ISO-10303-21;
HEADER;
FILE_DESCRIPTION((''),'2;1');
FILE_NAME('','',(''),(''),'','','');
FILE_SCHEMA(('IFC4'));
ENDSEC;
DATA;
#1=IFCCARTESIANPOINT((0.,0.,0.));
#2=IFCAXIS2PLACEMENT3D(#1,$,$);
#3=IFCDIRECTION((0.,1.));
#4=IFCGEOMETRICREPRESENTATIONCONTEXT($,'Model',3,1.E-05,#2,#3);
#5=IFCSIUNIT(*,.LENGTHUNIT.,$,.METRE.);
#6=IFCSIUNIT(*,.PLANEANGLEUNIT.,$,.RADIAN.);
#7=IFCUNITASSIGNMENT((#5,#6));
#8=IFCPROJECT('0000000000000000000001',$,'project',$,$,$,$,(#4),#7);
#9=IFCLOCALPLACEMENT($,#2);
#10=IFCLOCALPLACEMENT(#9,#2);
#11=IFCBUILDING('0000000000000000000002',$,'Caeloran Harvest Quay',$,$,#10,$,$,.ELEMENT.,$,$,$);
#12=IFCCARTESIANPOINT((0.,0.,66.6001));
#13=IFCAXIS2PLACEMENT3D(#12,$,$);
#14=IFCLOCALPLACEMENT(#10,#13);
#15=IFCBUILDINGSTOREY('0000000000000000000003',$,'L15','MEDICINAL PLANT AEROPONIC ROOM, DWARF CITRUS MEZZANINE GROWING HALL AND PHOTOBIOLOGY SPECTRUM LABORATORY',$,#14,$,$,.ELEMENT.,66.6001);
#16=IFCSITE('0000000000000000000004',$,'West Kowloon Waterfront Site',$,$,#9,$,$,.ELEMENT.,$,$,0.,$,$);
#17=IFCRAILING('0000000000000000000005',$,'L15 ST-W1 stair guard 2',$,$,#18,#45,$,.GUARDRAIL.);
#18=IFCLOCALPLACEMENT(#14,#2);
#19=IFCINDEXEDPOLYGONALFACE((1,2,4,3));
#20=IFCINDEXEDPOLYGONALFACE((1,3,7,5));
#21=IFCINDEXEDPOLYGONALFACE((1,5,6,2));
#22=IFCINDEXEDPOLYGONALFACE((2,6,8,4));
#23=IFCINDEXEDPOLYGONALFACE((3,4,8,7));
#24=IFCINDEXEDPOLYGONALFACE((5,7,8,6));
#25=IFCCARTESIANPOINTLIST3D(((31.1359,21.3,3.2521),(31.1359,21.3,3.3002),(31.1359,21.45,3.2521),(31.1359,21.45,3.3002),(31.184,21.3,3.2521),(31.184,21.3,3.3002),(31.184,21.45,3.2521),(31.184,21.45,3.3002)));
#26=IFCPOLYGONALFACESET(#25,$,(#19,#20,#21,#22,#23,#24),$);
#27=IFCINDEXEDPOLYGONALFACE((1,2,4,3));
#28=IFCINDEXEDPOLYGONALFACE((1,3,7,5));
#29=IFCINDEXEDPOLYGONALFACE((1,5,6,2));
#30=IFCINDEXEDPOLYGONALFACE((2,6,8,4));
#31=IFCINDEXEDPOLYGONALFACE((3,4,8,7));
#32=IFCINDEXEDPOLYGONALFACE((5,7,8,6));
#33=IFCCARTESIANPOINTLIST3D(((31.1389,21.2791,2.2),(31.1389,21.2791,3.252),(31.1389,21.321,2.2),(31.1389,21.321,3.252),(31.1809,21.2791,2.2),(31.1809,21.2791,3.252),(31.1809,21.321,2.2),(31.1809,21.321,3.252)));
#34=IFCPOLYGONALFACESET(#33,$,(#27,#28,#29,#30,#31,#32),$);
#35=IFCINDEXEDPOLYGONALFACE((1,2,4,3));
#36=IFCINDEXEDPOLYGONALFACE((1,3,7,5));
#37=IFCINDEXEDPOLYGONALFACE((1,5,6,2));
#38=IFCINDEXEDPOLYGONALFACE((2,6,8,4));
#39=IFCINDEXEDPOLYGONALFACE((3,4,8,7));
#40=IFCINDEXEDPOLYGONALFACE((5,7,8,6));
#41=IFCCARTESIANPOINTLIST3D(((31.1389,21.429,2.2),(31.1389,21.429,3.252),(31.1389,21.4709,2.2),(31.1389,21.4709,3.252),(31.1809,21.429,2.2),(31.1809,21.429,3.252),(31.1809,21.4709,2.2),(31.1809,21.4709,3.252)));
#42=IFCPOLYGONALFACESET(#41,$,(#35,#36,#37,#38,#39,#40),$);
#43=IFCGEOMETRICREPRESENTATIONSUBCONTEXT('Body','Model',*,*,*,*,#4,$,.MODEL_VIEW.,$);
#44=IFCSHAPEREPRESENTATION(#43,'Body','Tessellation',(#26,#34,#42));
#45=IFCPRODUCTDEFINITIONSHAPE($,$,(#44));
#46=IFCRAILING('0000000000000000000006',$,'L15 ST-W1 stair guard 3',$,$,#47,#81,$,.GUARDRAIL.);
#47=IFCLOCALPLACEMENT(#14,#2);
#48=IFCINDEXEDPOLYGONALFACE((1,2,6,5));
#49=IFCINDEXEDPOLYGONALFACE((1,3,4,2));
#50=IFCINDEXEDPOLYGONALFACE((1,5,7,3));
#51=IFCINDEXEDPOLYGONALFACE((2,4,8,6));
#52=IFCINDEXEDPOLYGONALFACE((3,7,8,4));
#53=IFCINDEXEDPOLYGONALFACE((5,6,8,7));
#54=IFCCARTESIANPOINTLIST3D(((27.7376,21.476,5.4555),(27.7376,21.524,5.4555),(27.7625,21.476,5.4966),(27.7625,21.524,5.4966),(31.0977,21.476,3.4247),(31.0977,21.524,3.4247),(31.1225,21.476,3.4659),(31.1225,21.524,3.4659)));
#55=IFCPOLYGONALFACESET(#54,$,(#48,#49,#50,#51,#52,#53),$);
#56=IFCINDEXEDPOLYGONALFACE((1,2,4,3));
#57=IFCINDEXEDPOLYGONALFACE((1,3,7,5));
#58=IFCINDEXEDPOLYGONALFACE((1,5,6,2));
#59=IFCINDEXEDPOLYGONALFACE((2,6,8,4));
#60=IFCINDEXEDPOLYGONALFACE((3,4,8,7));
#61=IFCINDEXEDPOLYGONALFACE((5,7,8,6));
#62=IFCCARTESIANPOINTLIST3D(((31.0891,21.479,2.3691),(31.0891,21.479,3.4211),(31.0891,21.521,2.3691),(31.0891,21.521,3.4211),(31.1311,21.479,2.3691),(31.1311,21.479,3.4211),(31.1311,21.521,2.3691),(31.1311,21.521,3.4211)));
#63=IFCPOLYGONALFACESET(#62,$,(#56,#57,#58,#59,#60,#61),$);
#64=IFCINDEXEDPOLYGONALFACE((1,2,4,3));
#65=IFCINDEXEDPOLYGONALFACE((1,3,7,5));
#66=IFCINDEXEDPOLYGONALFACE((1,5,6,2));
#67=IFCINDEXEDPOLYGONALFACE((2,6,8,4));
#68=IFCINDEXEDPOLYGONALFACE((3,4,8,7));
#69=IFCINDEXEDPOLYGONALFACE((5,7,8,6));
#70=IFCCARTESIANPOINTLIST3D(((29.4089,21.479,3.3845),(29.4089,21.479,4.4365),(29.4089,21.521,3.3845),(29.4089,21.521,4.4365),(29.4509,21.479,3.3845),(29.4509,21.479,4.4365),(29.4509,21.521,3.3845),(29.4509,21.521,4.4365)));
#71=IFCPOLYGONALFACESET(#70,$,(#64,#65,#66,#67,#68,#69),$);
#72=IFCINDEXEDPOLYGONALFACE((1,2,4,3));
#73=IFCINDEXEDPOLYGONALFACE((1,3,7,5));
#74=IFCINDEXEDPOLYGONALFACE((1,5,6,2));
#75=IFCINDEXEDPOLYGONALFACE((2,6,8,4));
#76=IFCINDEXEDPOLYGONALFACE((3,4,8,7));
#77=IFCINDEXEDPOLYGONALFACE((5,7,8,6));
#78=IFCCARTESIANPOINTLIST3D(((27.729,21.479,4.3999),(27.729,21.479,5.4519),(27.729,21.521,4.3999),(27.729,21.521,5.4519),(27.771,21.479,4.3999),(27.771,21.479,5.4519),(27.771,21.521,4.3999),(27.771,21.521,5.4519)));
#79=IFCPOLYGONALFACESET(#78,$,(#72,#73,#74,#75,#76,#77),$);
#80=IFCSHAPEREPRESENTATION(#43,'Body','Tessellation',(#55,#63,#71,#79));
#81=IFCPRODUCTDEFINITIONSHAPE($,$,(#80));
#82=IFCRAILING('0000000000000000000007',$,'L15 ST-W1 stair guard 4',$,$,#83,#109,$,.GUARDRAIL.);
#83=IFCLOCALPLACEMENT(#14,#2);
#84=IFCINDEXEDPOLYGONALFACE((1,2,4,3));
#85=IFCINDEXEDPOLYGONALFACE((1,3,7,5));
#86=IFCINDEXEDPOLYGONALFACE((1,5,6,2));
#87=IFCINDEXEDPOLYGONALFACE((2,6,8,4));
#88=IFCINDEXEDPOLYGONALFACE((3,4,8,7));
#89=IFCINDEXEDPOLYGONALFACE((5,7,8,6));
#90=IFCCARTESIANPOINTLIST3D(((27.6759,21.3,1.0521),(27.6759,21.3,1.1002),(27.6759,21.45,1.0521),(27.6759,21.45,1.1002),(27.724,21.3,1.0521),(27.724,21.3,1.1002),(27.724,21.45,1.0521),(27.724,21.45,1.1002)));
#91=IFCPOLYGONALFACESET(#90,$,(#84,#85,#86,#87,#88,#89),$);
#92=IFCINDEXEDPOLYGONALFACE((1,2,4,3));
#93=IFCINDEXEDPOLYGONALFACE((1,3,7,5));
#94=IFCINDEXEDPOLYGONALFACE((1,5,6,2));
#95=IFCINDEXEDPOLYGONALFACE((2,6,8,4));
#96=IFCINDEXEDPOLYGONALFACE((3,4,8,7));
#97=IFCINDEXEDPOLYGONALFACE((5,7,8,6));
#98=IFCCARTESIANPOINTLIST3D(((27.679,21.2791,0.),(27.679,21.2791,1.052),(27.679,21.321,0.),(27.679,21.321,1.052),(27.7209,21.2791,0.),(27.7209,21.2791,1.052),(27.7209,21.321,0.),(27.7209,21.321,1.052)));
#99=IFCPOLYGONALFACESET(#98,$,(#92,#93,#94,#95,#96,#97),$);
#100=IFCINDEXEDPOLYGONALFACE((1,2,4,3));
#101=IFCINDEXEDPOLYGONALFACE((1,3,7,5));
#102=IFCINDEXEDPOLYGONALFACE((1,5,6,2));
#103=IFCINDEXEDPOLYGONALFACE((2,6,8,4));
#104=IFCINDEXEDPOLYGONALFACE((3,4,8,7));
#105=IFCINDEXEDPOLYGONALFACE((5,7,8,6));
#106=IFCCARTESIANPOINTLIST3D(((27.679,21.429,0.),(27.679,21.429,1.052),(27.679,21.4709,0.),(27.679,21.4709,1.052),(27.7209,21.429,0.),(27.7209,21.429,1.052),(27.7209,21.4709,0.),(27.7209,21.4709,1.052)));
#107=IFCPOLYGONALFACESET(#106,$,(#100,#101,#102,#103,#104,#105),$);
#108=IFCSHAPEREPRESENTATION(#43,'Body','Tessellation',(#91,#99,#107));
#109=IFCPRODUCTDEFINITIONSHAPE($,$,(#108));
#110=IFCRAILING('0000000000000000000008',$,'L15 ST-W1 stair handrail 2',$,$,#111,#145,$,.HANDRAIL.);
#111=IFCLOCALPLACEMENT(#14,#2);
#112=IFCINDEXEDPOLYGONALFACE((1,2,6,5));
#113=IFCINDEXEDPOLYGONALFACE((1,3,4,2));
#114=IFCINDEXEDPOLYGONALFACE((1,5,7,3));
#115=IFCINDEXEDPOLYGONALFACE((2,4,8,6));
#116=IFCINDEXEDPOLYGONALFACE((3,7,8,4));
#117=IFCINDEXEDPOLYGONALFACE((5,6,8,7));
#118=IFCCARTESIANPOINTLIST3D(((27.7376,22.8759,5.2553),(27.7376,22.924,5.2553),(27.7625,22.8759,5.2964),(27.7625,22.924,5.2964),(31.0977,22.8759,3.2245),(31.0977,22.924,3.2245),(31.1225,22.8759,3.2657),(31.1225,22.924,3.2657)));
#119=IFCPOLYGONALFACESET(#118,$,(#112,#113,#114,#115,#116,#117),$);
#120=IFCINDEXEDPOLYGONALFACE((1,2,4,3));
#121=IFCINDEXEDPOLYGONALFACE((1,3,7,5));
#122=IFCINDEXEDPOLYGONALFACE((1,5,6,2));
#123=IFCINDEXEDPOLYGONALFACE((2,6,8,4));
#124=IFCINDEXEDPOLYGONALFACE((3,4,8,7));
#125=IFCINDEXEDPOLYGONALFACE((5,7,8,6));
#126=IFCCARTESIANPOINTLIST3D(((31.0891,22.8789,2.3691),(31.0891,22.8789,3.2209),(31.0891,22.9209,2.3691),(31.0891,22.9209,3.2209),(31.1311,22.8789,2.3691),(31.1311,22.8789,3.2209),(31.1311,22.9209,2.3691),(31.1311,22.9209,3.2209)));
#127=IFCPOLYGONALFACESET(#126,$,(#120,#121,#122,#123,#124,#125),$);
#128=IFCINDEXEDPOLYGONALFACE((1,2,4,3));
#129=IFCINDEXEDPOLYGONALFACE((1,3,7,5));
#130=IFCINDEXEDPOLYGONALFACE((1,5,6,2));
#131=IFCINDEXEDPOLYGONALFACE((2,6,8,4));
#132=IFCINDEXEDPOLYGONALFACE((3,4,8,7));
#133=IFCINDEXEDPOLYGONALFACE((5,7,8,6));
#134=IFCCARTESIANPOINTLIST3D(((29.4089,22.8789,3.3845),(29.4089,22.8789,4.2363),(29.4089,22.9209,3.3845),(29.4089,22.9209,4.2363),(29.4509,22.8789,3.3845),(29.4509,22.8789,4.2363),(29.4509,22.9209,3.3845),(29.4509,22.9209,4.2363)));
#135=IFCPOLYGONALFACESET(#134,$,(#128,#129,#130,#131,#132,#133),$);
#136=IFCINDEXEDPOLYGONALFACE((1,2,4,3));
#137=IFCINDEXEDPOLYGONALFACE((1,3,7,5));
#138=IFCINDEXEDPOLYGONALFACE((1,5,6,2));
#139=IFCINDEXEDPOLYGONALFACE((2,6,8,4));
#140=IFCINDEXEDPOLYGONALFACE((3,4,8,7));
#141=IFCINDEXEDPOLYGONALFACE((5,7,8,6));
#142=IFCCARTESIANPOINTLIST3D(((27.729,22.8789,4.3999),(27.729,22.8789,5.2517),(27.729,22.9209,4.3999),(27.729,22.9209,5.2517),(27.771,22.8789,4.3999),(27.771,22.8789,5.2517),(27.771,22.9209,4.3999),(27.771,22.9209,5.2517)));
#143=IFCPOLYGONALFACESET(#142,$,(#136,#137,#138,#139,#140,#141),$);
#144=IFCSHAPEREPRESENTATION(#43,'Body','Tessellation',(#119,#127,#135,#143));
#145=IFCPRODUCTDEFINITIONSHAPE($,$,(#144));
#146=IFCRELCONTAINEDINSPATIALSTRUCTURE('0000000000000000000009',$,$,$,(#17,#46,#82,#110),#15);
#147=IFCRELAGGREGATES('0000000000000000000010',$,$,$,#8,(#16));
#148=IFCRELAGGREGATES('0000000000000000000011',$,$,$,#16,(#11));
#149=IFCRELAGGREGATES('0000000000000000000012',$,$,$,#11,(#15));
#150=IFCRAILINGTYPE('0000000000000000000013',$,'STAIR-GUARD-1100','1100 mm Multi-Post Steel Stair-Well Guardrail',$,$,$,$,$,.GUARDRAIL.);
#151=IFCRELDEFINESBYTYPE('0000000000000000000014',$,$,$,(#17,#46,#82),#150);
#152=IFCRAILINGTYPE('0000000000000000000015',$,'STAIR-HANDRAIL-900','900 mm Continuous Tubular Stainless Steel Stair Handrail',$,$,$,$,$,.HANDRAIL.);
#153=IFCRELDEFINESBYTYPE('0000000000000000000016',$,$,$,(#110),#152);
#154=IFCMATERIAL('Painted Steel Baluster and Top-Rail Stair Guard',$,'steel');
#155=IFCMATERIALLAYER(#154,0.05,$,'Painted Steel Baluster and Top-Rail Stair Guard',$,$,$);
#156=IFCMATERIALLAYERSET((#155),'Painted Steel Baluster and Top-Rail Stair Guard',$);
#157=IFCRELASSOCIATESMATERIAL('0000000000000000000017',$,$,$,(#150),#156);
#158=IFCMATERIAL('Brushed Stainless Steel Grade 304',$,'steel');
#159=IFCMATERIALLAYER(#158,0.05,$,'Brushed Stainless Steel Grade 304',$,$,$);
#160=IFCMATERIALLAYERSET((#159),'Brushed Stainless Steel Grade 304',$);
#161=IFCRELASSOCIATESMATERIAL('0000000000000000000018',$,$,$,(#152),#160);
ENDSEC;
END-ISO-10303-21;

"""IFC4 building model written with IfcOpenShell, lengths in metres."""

from ifc_helpers import new_model, si_unit, direction, frame, origin, origin_2d, place, context, subcontext, project, spatial, rectangle, extrude, material, layer, layer_set, type_object, element, save


model = new_model("IFC4")

# Units and contexts
model_context = context("Model", 3, precision=1e-05, world=origin(), true_north=direction((0.0, 1.0)))
body_context = subcontext(model_context, "Body", "Model", "MODEL_VIEW")
ifc_project = project(units=[si_unit("LENGTHUNIT", "METRE"), si_unit("PLANEANGLEUNIT", "RADIAN")], contexts=[model_context])

# Site, building, storey
site_placement = place(None, origin())
site = spatial("IfcSite", under=ifc_project, at=site_placement, Name="West Kowloon Waterfront Site", CompositionType="ELEMENT", RefElevation=0.0)
building_placement = place(site_placement, origin())
building = spatial("IfcBuilding", under=site, at=building_placement, Name="Caeloran Harvest Quay", CompositionType="ELEMENT")
storey_placement = place(building_placement, frame((0.0, 0.0, 66.6001)))
storey = spatial("IfcBuildingStorey", under=building, at=storey_placement, Name="L15", Description="MEDICINAL PLANT AEROPONIC ROOM, DWARF CITRUS MEZZANINE GROWING HALL AND PHOTOBIOLOGY SPECTRUM LABORATORY", CompositionType="ELEMENT", Elevation=66.6001)

# Railings
ifc_material_1 = material(Name="Painted Steel Baluster and Top-Rail Stair Guard", Category="steel")
ifc_layer_1 = layer(ifc_material_1, 0.05, Name="Painted Steel Baluster and Top-Rail Stair Guard")
ifc_layer_set_1 = layer_set([ifc_layer_1], Name="Painted Steel Baluster and Top-Rail Stair Guard")
railing_type_1 = type_object("IfcRailingType", Name="STAIR-GUARD-1100", Description="1100 mm Multi-Post Steel Stair-Well Guardrail", PredefinedType="GUARDRAIL", material=ifc_layer_set_1)
railing_1_placement = place(storey_placement, frame((31.1599, 21.3, 2.2)))
element("IfcRailing", 1, at=railing_1_placement, inside=storey, type_object=railing_type_1, Name="L15 ST-W1 stair guard 2", PredefinedType="GUARDRAIL", context=body_context, shape_type="SweptSolid", body=[
    extrude(rectangle(XDim=0.0481, YDim=0.0481, at=origin_2d()), frame((0.0, 0.0, 1.0762), z_axis=(0.0, 1.0, 0.0), x_axis=(-1.0, 0.0, 0.0)), (0.0, 0.0, 1.0), 0.1499),
    extrude(rectangle(XDim=0.042, YDim=0.042, at=origin_2d()), origin(), (0.0, 0.0, 1.0), 1.052),
    extrude(rectangle(XDim=0.042, YDim=0.042, at=origin_2d()), frame((0.0, 0.1499, 0.0)), (0.0, 0.0, 1.0), 1.052),
])
railing_2_placement = place(storey_placement, frame((31.1101, 21.5, 2.3691)))
element("IfcRailing", 2, at=railing_2_placement, inside=storey, type_object=railing_type_1, Name="L15 ST-W1 stair guard 3", PredefinedType="GUARDRAIL", context=body_context, shape_type="SweptSolid", body=[
    extrude(rectangle(XDim=0.0481, YDim=0.0481, at=origin_2d()), frame((0.0, 0.0, 1.0762), z_axis=(-0.855837, 0.0, 0.517246), x_axis=(0.0, -1.0, 0.0)), (0.0, 0.0, 1.0), 3.926),
    extrude(rectangle(XDim=0.042, YDim=0.042, at=origin_2d()), origin(), (0.0, 0.0, 1.0), 1.052),
    extrude(rectangle(XDim=0.042, YDim=0.042, at=origin_2d()), frame((-1.6802, 0.0, 1.0154)), (0.0, 0.0, 1.0), 1.052),
    extrude(rectangle(XDim=0.042, YDim=0.042, at=origin_2d()), frame((-3.3601, 0.0, 2.0308)), (0.0, 0.0, 1.0), 1.052),
])
railing_3_placement = place(storey_placement, frame((27.7, 21.3, 0.0)))
element("IfcRailing", 3, at=railing_3_placement, inside=storey, type_object=railing_type_1, Name="L15 ST-W1 stair guard 4", PredefinedType="GUARDRAIL", context=body_context, shape_type="SweptSolid", body=[
    extrude(rectangle(XDim=0.0481, YDim=0.0481, at=origin_2d()), frame((0.0, 0.0, 1.0762), z_axis=(0.0, 1.0, 0.0), x_axis=(-1.0, 0.0, 0.0)), (0.0, 0.0, 1.0), 0.1499),
    extrude(rectangle(XDim=0.042, YDim=0.042, at=origin_2d()), origin(), (0.0, 0.0, 1.0), 1.052),
    extrude(rectangle(XDim=0.042, YDim=0.042, at=origin_2d()), frame((0.0, 0.1499, 0.0)), (0.0, 0.0, 1.0), 1.052),
])
ifc_material_2 = material(Name="Brushed Stainless Steel Grade 304", Category="steel")
ifc_layer_2 = layer(ifc_material_2, 0.05, Name="Brushed Stainless Steel Grade 304")
ifc_layer_set_2 = layer_set([ifc_layer_2], Name="Brushed Stainless Steel Grade 304")
railing_type_2 = type_object("IfcRailingType", Name="STAIR-HANDRAIL-900", Description="900 mm Continuous Tubular Stainless Steel Stair Handrail", PredefinedType="HANDRAIL", material=ifc_layer_set_2)
railing_4_placement = place(storey_placement, frame((31.1101, 22.8999, 2.3691)))
element("IfcRailing", 4, at=railing_4_placement, inside=storey, type_object=railing_type_2, Name="L15 ST-W1 stair handrail 2", PredefinedType="HANDRAIL", context=body_context, shape_type="SweptSolid", body=[
    extrude(rectangle(XDim=0.0481, YDim=0.0481, at=origin_2d()), frame((0.0, 0.0, 0.876), z_axis=(-0.855837, 0.0, 0.517246), x_axis=(0.0, -1.0, 0.0)), (0.0, 0.0, 1.0), 3.926),
    extrude(rectangle(XDim=0.042, YDim=0.042, at=origin_2d()), origin(), (0.0, 0.0, 1.0), 0.8518),
    extrude(rectangle(XDim=0.042, YDim=0.042, at=origin_2d()), frame((-1.6802, 0.0, 1.0154)), (0.0, 0.0, 1.0), 0.8518),
    extrude(rectangle(XDim=0.042, YDim=0.042, at=origin_2d()), frame((-3.3601, 0.0, 2.0308)), (0.0, 0.0, 1.0), 0.8518),
])

save(model, "model.ifc")
